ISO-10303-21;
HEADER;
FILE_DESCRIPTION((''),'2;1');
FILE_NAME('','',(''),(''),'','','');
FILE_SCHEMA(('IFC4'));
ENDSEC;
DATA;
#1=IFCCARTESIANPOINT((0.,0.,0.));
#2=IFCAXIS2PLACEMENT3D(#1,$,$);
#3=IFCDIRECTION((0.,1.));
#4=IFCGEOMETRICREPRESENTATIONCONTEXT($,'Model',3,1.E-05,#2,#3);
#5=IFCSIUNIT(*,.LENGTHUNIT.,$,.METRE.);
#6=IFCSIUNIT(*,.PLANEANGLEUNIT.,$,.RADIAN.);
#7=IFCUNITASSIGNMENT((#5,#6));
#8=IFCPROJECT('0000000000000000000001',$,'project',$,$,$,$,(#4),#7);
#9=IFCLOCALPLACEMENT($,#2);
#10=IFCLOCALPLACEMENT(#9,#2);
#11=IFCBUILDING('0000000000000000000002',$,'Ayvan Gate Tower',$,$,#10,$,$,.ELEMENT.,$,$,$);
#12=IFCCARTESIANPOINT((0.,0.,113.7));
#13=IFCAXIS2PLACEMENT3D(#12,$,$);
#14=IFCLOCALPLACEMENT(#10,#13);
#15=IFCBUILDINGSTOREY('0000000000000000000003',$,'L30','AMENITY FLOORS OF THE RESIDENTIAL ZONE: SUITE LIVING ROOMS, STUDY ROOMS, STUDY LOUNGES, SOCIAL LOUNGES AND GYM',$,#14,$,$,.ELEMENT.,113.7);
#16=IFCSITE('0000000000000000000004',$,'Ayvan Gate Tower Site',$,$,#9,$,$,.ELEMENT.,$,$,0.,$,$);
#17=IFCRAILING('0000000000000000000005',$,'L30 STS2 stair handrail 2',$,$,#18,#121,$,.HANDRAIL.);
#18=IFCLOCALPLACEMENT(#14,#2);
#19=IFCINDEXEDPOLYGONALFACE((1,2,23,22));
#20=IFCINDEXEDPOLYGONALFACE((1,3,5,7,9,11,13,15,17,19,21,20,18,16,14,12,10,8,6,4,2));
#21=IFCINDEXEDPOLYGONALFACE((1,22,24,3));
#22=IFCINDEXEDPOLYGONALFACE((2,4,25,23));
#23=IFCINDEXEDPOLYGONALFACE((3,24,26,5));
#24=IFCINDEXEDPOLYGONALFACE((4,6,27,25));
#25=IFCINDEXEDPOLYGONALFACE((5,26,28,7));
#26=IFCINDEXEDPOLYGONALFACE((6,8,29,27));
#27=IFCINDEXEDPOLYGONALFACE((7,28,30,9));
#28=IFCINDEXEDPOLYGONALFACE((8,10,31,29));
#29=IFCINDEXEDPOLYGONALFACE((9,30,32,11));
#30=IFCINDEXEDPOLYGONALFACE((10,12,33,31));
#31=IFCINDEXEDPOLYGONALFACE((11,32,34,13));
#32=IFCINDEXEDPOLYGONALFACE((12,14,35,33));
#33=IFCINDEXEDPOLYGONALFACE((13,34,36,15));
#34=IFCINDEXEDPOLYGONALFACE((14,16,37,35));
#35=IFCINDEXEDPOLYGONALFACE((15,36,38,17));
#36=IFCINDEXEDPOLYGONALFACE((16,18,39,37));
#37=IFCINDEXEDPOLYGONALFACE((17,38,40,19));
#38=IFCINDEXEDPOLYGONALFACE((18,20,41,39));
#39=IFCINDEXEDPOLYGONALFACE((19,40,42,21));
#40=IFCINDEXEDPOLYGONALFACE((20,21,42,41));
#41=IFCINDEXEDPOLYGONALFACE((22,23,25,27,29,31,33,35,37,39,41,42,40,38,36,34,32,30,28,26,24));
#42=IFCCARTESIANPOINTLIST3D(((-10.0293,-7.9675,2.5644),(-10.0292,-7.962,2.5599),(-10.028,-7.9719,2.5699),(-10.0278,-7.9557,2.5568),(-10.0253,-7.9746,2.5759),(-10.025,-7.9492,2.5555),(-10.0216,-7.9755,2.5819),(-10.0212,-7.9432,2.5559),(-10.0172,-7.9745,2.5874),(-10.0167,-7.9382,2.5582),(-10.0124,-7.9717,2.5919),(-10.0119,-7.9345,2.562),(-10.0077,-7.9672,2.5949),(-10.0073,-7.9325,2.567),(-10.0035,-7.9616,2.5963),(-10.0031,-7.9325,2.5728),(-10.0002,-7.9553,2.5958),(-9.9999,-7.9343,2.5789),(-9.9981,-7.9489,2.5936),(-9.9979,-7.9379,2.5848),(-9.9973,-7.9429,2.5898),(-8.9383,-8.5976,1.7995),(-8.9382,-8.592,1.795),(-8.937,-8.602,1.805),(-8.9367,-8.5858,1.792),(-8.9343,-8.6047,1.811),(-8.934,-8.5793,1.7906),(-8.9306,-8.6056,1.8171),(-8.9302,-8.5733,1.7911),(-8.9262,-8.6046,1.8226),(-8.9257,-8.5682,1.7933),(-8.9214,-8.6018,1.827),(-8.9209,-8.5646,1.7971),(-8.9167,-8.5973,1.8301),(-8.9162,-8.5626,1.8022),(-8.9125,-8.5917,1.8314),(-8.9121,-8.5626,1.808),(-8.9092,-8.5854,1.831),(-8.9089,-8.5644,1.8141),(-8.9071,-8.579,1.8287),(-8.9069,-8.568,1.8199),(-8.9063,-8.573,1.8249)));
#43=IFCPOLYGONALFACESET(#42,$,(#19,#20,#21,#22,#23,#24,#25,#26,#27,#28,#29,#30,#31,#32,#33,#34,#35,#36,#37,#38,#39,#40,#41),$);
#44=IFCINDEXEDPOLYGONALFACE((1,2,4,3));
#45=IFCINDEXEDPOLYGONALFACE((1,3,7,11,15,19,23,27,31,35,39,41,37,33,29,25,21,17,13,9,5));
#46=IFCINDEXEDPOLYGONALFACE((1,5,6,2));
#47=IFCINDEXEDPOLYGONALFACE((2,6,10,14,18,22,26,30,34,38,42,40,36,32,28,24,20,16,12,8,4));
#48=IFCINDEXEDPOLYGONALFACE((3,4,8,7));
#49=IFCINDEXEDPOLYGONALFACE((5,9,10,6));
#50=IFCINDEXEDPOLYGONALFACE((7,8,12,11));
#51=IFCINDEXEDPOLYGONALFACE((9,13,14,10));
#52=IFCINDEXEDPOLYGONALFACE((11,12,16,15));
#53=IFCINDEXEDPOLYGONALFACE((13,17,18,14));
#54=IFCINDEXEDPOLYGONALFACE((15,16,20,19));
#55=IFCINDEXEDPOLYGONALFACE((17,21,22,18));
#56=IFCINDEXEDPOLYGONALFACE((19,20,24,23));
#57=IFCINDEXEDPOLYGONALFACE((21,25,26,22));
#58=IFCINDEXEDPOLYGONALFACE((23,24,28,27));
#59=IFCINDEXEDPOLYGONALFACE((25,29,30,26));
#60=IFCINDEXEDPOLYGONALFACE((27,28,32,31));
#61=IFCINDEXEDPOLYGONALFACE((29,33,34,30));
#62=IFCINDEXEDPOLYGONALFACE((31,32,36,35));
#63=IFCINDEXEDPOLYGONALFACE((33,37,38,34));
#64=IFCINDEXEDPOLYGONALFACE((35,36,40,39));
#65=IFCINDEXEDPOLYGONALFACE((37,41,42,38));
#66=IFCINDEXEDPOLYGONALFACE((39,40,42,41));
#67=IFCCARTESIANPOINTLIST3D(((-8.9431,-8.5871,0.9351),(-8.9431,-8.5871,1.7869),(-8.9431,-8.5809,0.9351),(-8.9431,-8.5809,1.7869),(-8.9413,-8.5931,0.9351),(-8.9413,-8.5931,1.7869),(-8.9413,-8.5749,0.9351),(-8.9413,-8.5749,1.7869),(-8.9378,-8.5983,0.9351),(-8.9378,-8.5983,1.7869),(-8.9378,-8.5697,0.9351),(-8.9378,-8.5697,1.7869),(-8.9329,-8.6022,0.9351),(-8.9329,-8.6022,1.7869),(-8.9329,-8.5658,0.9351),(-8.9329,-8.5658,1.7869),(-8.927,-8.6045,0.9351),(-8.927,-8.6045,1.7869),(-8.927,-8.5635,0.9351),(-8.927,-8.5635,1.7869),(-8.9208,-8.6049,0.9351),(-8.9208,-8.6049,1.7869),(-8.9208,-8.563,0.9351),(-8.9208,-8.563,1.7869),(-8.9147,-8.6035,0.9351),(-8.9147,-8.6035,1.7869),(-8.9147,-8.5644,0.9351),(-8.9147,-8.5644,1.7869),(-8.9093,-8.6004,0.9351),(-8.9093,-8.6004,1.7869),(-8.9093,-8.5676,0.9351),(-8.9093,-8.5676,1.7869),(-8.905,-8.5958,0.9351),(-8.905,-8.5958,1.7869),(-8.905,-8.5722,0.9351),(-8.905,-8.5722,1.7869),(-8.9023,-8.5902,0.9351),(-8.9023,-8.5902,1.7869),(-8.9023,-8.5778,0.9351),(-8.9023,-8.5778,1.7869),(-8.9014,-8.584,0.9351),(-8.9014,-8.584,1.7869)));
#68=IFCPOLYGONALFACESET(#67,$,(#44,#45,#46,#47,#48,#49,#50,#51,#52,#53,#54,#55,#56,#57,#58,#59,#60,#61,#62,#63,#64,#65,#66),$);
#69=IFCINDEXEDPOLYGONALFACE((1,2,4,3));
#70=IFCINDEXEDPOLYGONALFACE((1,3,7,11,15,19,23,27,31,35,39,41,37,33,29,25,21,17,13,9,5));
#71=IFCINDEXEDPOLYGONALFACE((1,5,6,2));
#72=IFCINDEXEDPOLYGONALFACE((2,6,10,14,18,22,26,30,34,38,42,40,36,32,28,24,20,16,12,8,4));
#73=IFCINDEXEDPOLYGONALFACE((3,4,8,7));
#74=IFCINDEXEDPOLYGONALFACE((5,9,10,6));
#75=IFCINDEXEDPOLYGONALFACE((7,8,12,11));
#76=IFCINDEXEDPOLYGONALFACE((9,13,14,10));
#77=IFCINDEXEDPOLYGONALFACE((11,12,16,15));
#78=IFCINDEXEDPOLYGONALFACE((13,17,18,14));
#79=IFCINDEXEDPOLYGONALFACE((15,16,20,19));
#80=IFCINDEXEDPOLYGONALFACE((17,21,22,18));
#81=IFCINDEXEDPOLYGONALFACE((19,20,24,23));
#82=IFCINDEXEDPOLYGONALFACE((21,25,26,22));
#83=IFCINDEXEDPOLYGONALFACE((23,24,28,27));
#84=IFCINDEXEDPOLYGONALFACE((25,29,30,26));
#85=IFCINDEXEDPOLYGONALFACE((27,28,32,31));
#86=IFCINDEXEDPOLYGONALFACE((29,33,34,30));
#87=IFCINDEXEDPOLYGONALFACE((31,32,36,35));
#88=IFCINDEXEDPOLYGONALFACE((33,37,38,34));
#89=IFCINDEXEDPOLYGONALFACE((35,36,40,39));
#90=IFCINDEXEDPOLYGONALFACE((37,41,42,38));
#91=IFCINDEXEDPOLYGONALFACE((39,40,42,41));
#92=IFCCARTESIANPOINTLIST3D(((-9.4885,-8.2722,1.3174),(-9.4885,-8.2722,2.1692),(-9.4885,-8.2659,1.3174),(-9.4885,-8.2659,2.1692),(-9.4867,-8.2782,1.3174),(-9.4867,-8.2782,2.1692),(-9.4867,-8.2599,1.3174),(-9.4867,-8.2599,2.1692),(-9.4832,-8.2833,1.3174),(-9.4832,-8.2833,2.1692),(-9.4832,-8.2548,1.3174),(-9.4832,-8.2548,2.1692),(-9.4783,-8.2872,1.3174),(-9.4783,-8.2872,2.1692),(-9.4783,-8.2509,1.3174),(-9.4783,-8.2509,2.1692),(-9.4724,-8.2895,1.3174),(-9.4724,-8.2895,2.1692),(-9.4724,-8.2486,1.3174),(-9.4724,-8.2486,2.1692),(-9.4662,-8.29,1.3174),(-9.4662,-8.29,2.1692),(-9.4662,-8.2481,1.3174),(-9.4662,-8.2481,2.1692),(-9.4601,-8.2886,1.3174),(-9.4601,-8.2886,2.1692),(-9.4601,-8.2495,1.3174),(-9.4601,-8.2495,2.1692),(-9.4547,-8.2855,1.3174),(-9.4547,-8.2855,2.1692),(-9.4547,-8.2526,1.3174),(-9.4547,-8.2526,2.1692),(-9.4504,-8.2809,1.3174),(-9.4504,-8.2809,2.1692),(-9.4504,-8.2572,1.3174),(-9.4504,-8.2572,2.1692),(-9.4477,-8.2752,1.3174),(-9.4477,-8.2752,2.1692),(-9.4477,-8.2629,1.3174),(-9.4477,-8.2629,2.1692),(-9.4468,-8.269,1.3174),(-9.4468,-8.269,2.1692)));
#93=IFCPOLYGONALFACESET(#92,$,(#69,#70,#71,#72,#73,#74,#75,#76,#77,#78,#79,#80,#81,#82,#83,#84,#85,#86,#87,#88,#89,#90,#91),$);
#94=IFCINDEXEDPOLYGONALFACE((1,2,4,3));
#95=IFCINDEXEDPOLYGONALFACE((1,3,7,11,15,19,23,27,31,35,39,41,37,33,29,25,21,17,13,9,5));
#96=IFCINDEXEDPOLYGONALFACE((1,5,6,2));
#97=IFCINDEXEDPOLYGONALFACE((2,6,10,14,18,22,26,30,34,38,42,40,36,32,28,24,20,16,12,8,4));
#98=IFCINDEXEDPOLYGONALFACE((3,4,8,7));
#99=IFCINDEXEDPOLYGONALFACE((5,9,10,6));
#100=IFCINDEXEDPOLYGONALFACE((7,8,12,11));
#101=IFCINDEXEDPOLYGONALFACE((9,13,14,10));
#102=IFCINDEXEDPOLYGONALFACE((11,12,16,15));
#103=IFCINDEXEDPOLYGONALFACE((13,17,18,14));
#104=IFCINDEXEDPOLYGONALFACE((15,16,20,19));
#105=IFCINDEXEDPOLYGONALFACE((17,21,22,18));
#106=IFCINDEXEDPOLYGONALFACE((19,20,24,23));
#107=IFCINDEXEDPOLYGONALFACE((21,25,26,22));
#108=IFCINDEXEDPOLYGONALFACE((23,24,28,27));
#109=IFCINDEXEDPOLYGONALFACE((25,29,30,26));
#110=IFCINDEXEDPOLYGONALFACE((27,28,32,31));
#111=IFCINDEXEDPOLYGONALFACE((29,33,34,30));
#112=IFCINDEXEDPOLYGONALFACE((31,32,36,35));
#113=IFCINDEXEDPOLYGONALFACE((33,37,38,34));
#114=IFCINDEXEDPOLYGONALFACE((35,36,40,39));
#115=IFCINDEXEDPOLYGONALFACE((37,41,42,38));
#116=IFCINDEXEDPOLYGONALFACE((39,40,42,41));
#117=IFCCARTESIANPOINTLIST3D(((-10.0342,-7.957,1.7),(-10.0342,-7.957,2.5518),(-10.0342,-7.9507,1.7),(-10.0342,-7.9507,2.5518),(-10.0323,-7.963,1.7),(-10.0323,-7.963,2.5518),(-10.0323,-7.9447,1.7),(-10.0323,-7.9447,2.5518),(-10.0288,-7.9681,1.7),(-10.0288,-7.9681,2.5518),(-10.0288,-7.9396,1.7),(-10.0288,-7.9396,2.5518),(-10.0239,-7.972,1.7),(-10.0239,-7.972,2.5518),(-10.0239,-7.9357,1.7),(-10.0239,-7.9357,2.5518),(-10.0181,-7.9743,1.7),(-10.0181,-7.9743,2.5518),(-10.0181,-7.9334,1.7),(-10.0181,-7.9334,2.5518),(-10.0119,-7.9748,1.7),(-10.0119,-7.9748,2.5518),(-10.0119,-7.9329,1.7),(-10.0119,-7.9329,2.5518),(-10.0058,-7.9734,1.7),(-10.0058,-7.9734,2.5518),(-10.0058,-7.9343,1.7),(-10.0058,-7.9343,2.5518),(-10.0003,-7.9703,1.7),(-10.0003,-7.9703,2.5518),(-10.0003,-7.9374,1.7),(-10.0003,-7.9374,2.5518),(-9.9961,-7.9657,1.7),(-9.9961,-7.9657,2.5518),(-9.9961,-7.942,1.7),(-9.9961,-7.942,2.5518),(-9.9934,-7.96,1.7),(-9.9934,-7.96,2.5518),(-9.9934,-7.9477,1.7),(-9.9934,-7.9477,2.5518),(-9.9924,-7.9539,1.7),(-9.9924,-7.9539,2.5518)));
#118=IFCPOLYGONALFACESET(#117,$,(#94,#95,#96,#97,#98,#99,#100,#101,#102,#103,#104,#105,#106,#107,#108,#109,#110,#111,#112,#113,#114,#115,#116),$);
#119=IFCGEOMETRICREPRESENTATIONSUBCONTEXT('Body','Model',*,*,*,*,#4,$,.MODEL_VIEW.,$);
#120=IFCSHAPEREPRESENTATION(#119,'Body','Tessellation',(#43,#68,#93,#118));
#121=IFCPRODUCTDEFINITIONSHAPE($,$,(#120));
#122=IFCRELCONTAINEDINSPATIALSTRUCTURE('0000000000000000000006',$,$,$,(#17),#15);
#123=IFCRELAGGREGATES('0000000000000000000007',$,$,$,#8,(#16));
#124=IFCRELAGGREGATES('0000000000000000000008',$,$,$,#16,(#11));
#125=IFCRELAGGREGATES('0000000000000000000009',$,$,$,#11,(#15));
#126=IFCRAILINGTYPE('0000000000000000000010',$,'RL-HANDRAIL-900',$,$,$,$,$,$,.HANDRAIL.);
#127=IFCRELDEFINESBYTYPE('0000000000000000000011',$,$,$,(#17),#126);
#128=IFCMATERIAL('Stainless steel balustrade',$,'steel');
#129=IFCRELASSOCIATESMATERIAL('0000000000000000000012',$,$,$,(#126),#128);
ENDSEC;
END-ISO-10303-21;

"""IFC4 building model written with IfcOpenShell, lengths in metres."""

from ifc_helpers import new_model, si_unit, direction, frame, origin, origin_2d, place, context, subcontext, project, spatial, circle, extrude, material, type_object, element, save


model = new_model("IFC4")

# Units and contexts
model_context = context("Model", 3, precision=1e-05, world=origin(), true_north=direction((0.0, 1.0)))
body_context = subcontext(model_context, "Body", "Model", "MODEL_VIEW")
ifc_project = project(units=[si_unit("LENGTHUNIT", "METRE"), si_unit("PLANEANGLEUNIT", "RADIAN")], contexts=[model_context])

# Site, building, storey
site_placement = place(None, origin())
site = spatial("IfcSite", under=ifc_project, at=site_placement, Name="Ayvan Gate Tower Site", CompositionType="ELEMENT", RefElevation=0.0)
building_placement = place(site_placement, origin())
building = spatial("IfcBuilding", under=site, at=building_placement, Name="Ayvan Gate Tower", CompositionType="ELEMENT")
storey_placement = place(building_placement, frame((0.0, 0.0, 113.7)))
storey = spatial("IfcBuildingStorey", under=building, at=storey_placement, Name="L30", Description="AMENITY FLOORS OF THE RESIDENTIAL ZONE: SUITE LIVING ROOMS, STUDY ROOMS, STUDY LOUNGES, SOCIAL LOUNGES AND GYM", CompositionType="ELEMENT", Elevation=113.7)

# Railing
ifc_material_1 = material(Name="Stainless steel balustrade", Category="steel")
railing_type_1 = type_object("IfcRailingType", Name="RL-HANDRAIL-900", PredefinedType="HANDRAIL", material=ifc_material_1)
railing_1_placement = place(storey_placement, frame((-8.9224, -8.584, 0.9351)))
element("IfcRailing", 1, at=railing_1_placement, inside=storey, type_object=railing_type_1, Name="L30 STS2 stair handrail 2", PredefinedType="HANDRAIL", context=body_context, shape_type="SweptSolid", body=[
    extrude(circle(Radius=0.0239, at=origin_2d()), frame((0.0, 0.0, 0.876), z_axis=(-0.740229, 0.427508, 0.518939), x_axis=(-0.500119, -0.865956, 0.0)), (0.0, 0.0, 1.0), 1.4739),
    extrude(circle(Radius=0.021, at=origin_2d()), origin(), (0.0, 0.0, 1.0), 0.8518),
    extrude(circle(Radius=0.021, at=origin_2d()), frame((-0.5454, 0.3149, 0.3823)), (0.0, 0.0, 1.0), 0.8518),
    extrude(circle(Radius=0.021, at=origin_2d()), frame((-1.0911, 0.6301, 0.7649)), (0.0, 0.0, 1.0), 0.8518),
])

save(model, "model.ifc")
